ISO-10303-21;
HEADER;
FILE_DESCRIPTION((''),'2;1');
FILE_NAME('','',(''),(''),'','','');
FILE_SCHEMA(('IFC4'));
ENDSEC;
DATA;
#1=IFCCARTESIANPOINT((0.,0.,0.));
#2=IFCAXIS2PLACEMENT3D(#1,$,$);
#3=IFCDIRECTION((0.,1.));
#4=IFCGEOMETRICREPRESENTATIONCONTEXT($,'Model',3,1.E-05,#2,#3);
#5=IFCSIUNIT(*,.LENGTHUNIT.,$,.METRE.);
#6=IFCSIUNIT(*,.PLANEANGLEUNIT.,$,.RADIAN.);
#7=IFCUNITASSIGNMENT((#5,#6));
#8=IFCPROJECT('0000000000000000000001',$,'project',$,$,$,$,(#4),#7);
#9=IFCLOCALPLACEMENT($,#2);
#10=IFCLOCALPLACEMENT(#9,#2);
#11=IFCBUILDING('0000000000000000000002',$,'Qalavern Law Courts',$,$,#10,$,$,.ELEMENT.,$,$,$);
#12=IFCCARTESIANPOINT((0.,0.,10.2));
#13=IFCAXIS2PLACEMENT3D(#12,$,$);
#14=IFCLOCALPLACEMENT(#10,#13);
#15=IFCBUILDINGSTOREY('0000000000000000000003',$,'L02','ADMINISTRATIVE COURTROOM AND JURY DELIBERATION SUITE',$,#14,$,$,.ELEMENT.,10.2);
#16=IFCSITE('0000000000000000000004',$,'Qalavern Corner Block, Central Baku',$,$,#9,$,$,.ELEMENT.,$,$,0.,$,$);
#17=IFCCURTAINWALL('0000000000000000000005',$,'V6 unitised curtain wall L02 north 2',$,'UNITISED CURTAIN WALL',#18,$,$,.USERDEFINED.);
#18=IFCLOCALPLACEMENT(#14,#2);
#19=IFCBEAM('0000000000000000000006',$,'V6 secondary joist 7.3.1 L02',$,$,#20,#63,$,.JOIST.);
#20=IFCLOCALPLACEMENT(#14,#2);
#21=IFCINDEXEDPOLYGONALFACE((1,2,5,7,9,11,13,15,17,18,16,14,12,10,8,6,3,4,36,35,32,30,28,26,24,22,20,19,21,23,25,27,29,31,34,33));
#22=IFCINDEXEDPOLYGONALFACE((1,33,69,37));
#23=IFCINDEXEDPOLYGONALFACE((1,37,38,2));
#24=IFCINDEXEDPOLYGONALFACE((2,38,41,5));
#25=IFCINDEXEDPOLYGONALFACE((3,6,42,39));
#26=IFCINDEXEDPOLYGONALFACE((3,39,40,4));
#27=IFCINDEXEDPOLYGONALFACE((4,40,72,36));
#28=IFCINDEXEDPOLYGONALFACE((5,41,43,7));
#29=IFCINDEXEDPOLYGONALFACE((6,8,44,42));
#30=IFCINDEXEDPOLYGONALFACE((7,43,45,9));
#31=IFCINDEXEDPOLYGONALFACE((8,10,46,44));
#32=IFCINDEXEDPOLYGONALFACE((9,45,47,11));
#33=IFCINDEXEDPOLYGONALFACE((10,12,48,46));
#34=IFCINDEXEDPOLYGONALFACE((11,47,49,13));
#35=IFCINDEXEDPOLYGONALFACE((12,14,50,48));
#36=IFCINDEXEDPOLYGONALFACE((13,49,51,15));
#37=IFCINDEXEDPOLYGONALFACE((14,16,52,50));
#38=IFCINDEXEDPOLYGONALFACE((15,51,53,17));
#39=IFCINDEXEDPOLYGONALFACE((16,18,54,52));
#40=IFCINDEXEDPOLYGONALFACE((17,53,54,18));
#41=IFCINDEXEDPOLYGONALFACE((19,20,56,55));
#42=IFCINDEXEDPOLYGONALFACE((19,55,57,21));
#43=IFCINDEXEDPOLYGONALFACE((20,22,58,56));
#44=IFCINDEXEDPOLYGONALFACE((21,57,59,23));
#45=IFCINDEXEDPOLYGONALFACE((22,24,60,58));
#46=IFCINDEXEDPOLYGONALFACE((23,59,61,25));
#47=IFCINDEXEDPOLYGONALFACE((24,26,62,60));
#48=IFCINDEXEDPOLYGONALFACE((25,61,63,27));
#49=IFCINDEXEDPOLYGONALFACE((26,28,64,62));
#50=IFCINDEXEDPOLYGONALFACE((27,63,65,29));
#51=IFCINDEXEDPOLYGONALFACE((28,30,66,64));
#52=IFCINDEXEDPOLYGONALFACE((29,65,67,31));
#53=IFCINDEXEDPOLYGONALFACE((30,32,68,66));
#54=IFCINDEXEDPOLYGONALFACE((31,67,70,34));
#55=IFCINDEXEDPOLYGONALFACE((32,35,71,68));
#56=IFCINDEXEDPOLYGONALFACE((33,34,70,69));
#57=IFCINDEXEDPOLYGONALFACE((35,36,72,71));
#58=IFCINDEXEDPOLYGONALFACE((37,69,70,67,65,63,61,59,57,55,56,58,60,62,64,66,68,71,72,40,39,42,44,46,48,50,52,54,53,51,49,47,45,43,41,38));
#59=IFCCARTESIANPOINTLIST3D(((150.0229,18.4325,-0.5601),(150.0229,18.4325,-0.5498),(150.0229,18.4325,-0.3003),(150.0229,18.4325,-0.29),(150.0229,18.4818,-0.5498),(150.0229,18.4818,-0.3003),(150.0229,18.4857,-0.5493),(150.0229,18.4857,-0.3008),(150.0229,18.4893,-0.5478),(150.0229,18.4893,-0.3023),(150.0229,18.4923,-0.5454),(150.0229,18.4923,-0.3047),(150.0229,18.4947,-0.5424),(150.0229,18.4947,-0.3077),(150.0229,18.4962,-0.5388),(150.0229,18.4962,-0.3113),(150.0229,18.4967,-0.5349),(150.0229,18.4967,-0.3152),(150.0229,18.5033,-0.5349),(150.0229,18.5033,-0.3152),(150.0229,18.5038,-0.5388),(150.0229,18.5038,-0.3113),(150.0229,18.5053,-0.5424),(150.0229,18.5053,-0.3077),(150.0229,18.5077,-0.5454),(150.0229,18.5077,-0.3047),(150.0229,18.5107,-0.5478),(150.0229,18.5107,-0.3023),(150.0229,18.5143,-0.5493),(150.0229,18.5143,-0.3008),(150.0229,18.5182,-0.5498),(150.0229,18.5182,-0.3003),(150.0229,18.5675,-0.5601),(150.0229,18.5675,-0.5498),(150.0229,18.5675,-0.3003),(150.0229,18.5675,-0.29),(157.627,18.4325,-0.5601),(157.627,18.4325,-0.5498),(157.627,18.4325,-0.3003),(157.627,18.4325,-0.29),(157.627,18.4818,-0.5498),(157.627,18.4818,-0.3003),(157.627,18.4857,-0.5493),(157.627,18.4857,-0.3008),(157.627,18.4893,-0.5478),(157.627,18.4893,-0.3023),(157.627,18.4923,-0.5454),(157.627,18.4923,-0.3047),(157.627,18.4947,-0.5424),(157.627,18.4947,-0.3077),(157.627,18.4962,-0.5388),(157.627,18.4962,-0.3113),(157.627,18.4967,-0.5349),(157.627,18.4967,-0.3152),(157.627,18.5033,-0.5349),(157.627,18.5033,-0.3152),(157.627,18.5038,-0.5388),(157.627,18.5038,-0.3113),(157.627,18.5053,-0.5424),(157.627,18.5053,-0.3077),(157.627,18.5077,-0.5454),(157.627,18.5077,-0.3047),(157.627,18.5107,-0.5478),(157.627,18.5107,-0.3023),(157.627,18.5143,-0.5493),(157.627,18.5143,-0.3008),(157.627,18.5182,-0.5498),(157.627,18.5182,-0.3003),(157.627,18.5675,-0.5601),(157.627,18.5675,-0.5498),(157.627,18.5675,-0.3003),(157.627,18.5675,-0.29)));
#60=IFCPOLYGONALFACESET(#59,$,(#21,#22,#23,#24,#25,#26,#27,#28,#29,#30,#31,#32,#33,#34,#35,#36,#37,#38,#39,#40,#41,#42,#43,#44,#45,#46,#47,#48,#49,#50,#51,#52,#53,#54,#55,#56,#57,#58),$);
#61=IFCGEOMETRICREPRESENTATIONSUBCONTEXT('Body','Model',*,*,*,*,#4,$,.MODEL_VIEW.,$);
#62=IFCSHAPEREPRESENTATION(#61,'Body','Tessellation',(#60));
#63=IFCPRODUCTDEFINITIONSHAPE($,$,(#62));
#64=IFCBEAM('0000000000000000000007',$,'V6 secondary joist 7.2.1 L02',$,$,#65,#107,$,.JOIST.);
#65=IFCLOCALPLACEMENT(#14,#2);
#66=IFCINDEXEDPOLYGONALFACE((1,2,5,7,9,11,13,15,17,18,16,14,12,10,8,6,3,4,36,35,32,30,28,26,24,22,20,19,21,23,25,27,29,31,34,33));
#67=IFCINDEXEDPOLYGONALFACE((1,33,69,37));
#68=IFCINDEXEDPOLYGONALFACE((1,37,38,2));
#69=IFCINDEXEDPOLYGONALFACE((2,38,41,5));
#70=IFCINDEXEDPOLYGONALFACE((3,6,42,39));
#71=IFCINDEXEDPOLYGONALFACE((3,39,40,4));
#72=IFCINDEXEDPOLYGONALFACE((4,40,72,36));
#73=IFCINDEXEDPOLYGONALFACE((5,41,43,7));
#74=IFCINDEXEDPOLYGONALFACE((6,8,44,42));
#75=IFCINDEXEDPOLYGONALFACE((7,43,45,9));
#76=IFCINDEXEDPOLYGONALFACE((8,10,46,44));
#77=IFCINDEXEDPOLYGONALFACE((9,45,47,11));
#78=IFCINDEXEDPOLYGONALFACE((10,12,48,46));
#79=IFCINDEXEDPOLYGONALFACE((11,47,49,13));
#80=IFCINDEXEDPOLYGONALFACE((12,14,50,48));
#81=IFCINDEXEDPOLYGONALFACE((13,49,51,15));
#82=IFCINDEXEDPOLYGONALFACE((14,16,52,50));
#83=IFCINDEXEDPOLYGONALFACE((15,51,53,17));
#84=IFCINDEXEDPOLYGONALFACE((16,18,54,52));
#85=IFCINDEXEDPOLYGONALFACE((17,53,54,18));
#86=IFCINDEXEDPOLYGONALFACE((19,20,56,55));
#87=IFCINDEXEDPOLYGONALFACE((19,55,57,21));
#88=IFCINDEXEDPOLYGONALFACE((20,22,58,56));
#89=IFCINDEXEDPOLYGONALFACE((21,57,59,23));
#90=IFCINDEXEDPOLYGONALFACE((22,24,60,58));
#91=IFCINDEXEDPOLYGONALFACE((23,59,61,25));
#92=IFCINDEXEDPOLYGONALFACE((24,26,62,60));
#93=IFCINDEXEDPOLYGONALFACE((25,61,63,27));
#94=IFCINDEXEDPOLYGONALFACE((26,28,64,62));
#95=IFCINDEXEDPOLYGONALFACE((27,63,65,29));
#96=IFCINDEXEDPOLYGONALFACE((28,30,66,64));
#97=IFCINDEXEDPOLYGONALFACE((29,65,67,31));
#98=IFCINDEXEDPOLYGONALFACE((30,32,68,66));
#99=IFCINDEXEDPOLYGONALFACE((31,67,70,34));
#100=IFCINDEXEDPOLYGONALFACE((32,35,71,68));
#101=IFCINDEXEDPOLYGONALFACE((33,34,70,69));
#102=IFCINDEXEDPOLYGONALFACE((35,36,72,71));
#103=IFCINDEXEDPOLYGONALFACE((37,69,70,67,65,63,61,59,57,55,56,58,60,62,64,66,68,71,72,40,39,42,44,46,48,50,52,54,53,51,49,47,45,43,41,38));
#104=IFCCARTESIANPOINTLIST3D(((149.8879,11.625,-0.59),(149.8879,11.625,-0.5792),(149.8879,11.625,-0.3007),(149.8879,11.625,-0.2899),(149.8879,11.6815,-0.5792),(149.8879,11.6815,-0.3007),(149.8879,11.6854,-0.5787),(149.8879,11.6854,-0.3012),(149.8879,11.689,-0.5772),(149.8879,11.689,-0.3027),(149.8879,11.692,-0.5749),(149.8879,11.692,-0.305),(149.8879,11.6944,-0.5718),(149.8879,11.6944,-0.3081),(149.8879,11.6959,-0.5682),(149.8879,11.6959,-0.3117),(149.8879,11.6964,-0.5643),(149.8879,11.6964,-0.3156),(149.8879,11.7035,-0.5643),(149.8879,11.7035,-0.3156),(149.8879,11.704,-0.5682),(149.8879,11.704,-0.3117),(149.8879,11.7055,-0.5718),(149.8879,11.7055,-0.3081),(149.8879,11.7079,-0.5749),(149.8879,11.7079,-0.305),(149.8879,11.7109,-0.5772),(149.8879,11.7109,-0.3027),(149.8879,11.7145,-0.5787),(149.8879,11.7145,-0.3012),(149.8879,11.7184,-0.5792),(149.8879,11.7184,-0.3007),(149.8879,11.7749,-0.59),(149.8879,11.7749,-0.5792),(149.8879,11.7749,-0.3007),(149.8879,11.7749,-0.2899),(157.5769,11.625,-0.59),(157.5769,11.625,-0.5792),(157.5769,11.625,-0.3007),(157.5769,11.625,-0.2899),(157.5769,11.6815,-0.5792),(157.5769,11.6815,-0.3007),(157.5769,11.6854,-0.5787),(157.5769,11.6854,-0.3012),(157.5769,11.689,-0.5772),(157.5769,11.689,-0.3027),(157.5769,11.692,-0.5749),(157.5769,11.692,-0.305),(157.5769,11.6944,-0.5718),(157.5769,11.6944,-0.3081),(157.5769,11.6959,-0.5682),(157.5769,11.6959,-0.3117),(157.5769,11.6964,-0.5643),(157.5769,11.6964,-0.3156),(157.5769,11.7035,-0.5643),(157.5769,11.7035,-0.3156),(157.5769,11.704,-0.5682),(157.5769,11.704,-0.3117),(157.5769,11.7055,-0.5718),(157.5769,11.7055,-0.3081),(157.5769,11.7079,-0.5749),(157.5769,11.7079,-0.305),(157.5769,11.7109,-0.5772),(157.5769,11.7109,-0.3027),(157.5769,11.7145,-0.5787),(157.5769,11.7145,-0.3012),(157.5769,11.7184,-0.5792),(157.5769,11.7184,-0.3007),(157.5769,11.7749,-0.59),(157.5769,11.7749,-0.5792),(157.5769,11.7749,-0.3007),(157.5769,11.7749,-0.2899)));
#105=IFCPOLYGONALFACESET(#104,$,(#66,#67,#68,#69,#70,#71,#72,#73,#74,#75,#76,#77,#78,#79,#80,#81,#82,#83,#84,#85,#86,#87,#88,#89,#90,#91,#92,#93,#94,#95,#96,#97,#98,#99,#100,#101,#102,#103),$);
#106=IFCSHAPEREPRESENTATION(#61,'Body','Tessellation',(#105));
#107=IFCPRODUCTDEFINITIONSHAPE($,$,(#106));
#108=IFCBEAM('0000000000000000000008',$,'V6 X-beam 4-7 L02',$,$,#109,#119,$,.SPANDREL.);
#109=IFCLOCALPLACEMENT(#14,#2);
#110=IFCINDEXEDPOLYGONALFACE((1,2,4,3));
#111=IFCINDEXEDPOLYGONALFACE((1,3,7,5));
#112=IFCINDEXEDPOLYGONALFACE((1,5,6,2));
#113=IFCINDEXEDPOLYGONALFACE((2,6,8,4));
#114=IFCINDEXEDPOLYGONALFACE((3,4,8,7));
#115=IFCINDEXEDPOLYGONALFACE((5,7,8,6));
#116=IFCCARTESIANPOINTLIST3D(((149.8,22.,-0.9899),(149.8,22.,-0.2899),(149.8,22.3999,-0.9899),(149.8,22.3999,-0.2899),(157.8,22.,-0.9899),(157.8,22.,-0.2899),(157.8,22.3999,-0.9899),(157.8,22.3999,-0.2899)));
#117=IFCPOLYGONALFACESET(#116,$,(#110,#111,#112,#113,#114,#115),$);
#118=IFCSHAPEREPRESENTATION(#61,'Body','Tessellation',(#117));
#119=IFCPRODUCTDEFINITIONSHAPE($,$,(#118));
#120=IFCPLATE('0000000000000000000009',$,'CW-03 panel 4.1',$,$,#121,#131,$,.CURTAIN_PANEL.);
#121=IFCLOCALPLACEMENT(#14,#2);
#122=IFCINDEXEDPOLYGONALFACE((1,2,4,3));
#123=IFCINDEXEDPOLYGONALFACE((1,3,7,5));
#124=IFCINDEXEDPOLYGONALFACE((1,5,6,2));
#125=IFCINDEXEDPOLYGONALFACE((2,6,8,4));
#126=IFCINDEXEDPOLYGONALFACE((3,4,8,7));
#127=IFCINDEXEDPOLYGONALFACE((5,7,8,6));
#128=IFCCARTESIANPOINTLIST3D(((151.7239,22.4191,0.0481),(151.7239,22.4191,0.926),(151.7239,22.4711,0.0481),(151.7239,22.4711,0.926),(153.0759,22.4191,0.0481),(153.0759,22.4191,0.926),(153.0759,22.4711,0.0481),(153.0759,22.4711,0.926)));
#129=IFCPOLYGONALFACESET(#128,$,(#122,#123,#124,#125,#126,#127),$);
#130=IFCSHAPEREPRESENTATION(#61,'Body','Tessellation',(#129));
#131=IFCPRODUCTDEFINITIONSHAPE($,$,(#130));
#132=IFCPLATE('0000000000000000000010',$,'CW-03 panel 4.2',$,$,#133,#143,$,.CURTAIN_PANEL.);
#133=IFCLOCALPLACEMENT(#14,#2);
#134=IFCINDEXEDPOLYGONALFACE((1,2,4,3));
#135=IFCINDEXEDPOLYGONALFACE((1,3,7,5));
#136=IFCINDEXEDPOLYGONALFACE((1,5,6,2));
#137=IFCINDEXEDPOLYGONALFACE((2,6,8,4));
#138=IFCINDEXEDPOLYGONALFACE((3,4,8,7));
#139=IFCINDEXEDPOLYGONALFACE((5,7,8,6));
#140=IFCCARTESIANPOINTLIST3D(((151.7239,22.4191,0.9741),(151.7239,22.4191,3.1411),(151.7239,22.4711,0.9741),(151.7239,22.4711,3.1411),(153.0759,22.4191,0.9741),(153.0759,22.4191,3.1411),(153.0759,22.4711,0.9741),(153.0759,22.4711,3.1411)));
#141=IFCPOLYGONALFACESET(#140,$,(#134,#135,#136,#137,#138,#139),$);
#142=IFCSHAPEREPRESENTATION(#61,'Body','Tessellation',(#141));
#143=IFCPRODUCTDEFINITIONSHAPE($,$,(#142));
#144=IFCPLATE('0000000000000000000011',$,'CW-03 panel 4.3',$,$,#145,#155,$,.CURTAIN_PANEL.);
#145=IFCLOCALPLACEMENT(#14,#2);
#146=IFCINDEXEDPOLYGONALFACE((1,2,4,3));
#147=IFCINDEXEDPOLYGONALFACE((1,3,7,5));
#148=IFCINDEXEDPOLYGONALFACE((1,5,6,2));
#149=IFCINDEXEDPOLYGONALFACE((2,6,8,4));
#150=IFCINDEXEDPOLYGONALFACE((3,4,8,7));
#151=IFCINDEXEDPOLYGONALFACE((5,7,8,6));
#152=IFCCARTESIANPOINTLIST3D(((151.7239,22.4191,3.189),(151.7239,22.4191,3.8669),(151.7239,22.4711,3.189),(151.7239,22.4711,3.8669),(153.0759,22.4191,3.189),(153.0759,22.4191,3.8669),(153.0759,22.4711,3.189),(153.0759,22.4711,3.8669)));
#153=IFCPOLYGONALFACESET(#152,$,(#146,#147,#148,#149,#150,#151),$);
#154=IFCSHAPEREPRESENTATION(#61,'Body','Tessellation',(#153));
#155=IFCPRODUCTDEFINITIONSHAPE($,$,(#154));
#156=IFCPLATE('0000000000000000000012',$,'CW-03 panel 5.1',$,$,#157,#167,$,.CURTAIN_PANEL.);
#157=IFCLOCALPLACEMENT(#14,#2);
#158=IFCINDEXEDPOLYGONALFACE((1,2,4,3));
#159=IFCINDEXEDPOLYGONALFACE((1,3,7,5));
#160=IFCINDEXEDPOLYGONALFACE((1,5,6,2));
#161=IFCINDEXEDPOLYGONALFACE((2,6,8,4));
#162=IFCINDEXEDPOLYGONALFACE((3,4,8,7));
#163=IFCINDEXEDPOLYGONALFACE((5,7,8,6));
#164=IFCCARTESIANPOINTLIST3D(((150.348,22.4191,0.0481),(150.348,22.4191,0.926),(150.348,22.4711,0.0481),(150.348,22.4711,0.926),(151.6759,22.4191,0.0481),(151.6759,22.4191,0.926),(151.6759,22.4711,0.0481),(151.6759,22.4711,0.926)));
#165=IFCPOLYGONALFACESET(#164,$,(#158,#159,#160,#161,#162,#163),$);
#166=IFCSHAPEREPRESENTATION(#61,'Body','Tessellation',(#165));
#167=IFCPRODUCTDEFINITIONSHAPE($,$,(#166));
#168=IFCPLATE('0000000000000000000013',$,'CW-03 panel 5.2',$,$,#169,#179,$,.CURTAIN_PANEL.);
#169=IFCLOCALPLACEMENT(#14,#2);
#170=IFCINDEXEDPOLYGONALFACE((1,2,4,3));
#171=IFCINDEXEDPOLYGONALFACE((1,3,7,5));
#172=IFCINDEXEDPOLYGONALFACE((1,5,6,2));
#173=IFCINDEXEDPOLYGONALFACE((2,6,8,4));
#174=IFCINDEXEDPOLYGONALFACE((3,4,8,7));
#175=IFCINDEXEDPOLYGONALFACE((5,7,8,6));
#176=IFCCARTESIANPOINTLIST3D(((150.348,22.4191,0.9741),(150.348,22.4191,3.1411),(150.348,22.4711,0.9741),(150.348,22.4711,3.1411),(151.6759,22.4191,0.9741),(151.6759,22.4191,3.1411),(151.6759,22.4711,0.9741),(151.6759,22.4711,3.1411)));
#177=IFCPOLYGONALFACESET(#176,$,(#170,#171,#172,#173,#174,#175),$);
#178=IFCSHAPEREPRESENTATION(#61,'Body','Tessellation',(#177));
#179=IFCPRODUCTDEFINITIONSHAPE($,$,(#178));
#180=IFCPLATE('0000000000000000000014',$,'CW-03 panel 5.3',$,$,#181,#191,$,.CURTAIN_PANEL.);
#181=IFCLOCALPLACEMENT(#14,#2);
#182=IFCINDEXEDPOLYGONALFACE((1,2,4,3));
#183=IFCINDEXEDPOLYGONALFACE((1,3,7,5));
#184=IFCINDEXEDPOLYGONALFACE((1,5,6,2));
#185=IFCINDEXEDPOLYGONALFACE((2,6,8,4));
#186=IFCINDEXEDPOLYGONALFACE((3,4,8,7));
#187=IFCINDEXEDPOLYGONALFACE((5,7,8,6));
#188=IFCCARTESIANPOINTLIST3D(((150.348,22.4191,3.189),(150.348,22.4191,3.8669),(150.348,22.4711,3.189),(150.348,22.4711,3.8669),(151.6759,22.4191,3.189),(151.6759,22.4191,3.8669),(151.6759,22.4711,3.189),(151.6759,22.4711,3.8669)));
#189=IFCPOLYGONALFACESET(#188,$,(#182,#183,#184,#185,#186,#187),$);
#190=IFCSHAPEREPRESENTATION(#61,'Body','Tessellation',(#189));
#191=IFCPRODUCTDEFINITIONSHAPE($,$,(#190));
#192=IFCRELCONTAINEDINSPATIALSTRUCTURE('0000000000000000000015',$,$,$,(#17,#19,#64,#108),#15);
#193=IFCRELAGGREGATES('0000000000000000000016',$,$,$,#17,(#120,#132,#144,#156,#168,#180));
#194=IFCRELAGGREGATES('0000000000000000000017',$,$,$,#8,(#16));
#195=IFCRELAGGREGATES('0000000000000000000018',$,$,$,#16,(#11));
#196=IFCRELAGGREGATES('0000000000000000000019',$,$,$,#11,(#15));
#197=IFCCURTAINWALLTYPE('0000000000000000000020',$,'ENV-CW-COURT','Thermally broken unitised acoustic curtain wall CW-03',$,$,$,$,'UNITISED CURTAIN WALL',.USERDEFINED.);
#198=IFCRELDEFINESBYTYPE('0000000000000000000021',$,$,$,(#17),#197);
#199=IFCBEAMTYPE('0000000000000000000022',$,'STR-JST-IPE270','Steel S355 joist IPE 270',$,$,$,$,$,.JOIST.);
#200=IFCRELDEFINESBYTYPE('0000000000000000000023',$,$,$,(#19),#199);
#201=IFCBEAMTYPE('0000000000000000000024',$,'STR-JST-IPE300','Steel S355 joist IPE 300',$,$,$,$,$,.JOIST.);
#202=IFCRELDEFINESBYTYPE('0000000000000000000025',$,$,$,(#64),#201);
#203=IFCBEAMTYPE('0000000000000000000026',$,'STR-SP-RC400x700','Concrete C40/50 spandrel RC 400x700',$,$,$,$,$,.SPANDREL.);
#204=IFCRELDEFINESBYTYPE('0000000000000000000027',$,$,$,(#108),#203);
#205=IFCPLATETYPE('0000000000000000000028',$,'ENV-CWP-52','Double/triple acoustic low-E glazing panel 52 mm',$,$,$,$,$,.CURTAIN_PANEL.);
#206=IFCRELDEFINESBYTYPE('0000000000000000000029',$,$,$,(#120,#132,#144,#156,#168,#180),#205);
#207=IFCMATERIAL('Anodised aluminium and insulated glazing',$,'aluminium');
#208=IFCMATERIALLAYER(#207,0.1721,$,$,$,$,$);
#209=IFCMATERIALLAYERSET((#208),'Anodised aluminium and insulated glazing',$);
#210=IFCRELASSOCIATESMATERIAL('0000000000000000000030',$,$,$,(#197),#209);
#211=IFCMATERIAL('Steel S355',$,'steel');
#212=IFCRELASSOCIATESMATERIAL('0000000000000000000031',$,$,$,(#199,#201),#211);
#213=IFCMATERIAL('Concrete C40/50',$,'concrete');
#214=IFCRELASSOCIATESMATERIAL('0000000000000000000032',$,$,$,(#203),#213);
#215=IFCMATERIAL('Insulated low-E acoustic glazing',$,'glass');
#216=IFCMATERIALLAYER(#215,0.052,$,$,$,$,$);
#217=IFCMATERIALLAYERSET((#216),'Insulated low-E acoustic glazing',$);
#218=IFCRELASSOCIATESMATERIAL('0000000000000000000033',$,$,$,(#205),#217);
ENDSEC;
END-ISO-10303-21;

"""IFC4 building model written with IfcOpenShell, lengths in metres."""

from ifc_helpers import new_model, si_unit, direction, frame, origin, origin_2d, place, context, subcontext, project, spatial, rectangle, i_section, extrude, material, layer, layer_set, material_profile, profile_set, type_object, element, aggregate, save


model = new_model("IFC4")

# Units and contexts
model_context = context("Model", 3, precision=1e-05, world=origin(), true_north=direction((0.0, 1.0)))
body_context = subcontext(model_context, "Body", "Model", "MODEL_VIEW")
ifc_project = project(units=[si_unit("LENGTHUNIT", "METRE"), si_unit("PLANEANGLEUNIT", "RADIAN")], contexts=[model_context])

# Site, building, storey
site_placement = place(None, origin())
site = spatial("IfcSite", under=ifc_project, at=site_placement, Name="Qalavern Corner Block, Central Baku", CompositionType="ELEMENT", RefElevation=0.0)
building_placement = place(site_placement, origin())
building = spatial("IfcBuilding", under=site, at=building_placement, Name="Qalavern Law Courts", CompositionType="ELEMENT")
storey_placement = place(building_placement, frame((0.0, 0.0, 10.2)))
storey = spatial("IfcBuildingStorey", under=building, at=storey_placement, Name="L02", Description="ADMINISTRATIVE COURTROOM AND JURY DELIBERATION SUITE", CompositionType="ELEMENT", Elevation=10.2)

# Curtain wall
ifc_material_1 = material(Name="Anodised aluminium and insulated glazing", Category="aluminium")
ifc_layer_1 = layer(ifc_material_1, 0.1721)
ifc_layer_set_1 = layer_set([ifc_layer_1], Name="Anodised aluminium and insulated glazing")
curtain_wall_type = type_object("IfcCurtainWallType", Name="ENV-CW-COURT", Description="Thermally broken unitised acoustic curtain wall CW-03", ElementType="UNITISED CURTAIN WALL", PredefinedType="USERDEFINED", material=ifc_layer_set_1)
curtain_wall_placement = place(storey_placement, origin())
curtain_wall = element("IfcCurtainWall", 1, at=curtain_wall_placement, inside=storey, type_object=curtain_wall_type, Name="V6 unitised curtain wall L02 north 2", ObjectType="UNITISED CURTAIN WALL", PredefinedType="USERDEFINED")

# Beams
ifc_material_2 = material(Name="Concrete C40/50", Category="concrete")
ifc_material_3 = material(Name="Steel S355", Category="steel")
ifc_material_profile_1 = material_profile(ifc_material_3, i_section(OverallWidth=0.135, OverallDepth=0.27, WebThickness=0.0066, FlangeThickness=0.0103, FilletRadius=0.0149, at=origin_2d()), Name="IPE 270")
ifc_profile_set_1 = profile_set([ifc_material_profile_1], Name="Steel S355")
beam_type_1 = type_object("IfcBeamType", Name="STR-JST-IPE270", Description="Steel S355 joist IPE 270", PredefinedType="JOIST", material=ifc_profile_set_1)
beam_1_placement = place(storey_placement, frame((150.0229, 18.5, -0.425), z_axis=(1.0, 0.0, 0.0), x_axis=(0.0, 1.0, 0.0)))
element("IfcBeam", 2, at=beam_1_placement, inside=storey, type_object=beam_type_1, Name="V6 secondary joist 7.3.1 L02", PredefinedType="JOIST", context=body_context, shape_type="SweptSolid", body=[
    extrude(i_section(OverallWidth=0.135, OverallDepth=0.27, WebThickness=0.0066, FlangeThickness=0.0103, FilletRadius=0.0149, at=origin_2d()), origin(), (0.0, 0.0, 1.0), 7.604),
])
ifc_material_profile_2 = material_profile(ifc_material_3, i_section(OverallWidth=0.1499, OverallDepth=0.3, WebThickness=0.0071, FlangeThickness=0.0107, FilletRadius=0.0149, at=origin_2d()), Name="IPE 300")
ifc_profile_set_2 = profile_set([ifc_material_profile_2], Name="Steel S355")
beam_type_2 = type_object("IfcBeamType", Name="STR-JST-IPE300", Description="Steel S355 joist IPE 300", PredefinedType="JOIST", material=ifc_profile_set_2)
beam_2_placement = place(storey_placement, frame((149.8879, 11.7, -0.4399), z_axis=(1.0, 0.0, 0.0), x_axis=(0.0, 1.0, 0.0)))
element("IfcBeam", 3, at=beam_2_placement, inside=storey, type_object=beam_type_2, Name="V6 secondary joist 7.2.1 L02", PredefinedType="JOIST", context=body_context, shape_type="SweptSolid", body=[
    extrude(i_section(OverallWidth=0.1499, OverallDepth=0.3, WebThickness=0.0071, FlangeThickness=0.0107, FilletRadius=0.0149, at=origin_2d()), origin(), (0.0, 0.0, 1.0), 7.689),
])
ifc_material_profile_3 = material_profile(ifc_material_2, rectangle(XDim=0.3999, YDim=0.7, at=origin_2d()), Name="RC 400x700")
ifc_profile_set_3 = profile_set([ifc_material_profile_3], Name="Concrete C40/50")
beam_type_3 = type_object("IfcBeamType", Name="STR-SP-RC400x700", Description="Concrete C40/50 spandrel RC 400x700", PredefinedType="SPANDREL", material=ifc_profile_set_3)
beam_3_placement = place(storey_placement, frame((149.8, 22.2, -0.6399), z_axis=(1.0, 0.0, 0.0), x_axis=(0.0, 1.0, 0.0)))
element("IfcBeam", 4, at=beam_3_placement, inside=storey, type_object=beam_type_3, Name="V6 X-beam 4-7 L02", PredefinedType="SPANDREL", context=body_context, shape_type="SweptSolid", body=[
    extrude(rectangle(XDim=0.3999, YDim=0.7, at=origin_2d()), origin(), (0.0, 0.0, 1.0), 8.0),
])

# Plates
ifc_material_4 = material(Name="Insulated low-E acoustic glazing", Category="glass")
ifc_layer_2 = layer(ifc_material_4, 0.052)
ifc_layer_set_2 = layer_set([ifc_layer_2], Name="Insulated low-E acoustic glazing")
plate_type = type_object("IfcPlateType", Name="ENV-CWP-52", Description="Double/triple acoustic low-E glazing panel 52 mm", PredefinedType="CURTAIN_PANEL", material=ifc_layer_set_2)
plate_1_placement = place(storey_placement, frame((152.3999, 22.4451, 0.0481), z_axis=(0.0, 0.0, 1.0), x_axis=(-1.0, 0.0, 0.0)))
plate_1 = element("IfcPlate", 5, at=plate_1_placement, type_object=plate_type, Name="CW-03 panel 4.1", PredefinedType="CURTAIN_PANEL", context=body_context, shape_type="SweptSolid", body=[
    extrude(rectangle(XDim=1.3521, YDim=0.052, at=origin_2d()), origin(), (0.0, 0.0, 1.0), 0.8779),
])
plate_2_placement = place(storey_placement, frame((152.3999, 22.4451, 0.9741), z_axis=(0.0, 0.0, 1.0), x_axis=(-1.0, 0.0, 0.0)))
plate_2 = element("IfcPlate", 6, at=plate_2_placement, type_object=plate_type, Name="CW-03 panel 4.2", PredefinedType="CURTAIN_PANEL", context=body_context, shape_type="SweptSolid", body=[
    extrude(rectangle(XDim=1.3521, YDim=0.052, at=origin_2d()), origin(), (0.0, 0.0, 1.0), 2.167),
])
plate_3_placement = place(storey_placement, frame((152.3999, 22.4451, 3.189), z_axis=(0.0, 0.0, 1.0), x_axis=(-1.0, 0.0, 0.0)))
plate_3 = element("IfcPlate", 7, at=plate_3_placement, type_object=plate_type, Name="CW-03 panel 4.3", PredefinedType="CURTAIN_PANEL", context=body_context, shape_type="SweptSolid", body=[
    extrude(rectangle(XDim=1.3521, YDim=0.052, at=origin_2d()), origin(), (0.0, 0.0, 1.0), 0.678),
])
plate_4_placement = place(storey_placement, frame((151.012, 22.4451, 0.0481), z_axis=(0.0, 0.0, 1.0), x_axis=(-1.0, 0.0, 0.0)))
plate_4 = element("IfcPlate", 8, at=plate_4_placement, type_object=plate_type, Name="CW-03 panel 5.1", PredefinedType="CURTAIN_PANEL", context=body_context, shape_type="SweptSolid", body=[
    extrude(rectangle(XDim=1.3279, YDim=0.052, at=origin_2d()), origin(), (0.0, 0.0, 1.0), 0.8779),
])
plate_5_placement = place(storey_placement, frame((151.012, 22.4451, 0.9741), z_axis=(0.0, 0.0, 1.0), x_axis=(-1.0, 0.0, 0.0)))
plate_5 = element("IfcPlate", 9, at=plate_5_placement, type_object=plate_type, Name="CW-03 panel 5.2", PredefinedType="CURTAIN_PANEL", context=body_context, shape_type="SweptSolid", body=[
    extrude(rectangle(XDim=1.3279, YDim=0.052, at=origin_2d()), origin(), (0.0, 0.0, 1.0), 2.167),
])
plate_6_placement = place(storey_placement, frame((151.012, 22.4451, 3.189), z_axis=(0.0, 0.0, 1.0), x_axis=(-1.0, 0.0, 0.0)))
plate_6 = element("IfcPlate", 10, at=plate_6_placement, type_object=plate_type, Name="CW-03 panel 5.3", PredefinedType="CURTAIN_PANEL", context=body_context, shape_type="SweptSolid", body=[
    extrude(rectangle(XDim=1.3279, YDim=0.052, at=origin_2d()), origin(), (0.0, 0.0, 1.0), 0.678),
])
aggregate(curtain_wall, [plate_1, plate_2, plate_3, plate_4, plate_5, plate_6])

save(model, "model.ifc")
